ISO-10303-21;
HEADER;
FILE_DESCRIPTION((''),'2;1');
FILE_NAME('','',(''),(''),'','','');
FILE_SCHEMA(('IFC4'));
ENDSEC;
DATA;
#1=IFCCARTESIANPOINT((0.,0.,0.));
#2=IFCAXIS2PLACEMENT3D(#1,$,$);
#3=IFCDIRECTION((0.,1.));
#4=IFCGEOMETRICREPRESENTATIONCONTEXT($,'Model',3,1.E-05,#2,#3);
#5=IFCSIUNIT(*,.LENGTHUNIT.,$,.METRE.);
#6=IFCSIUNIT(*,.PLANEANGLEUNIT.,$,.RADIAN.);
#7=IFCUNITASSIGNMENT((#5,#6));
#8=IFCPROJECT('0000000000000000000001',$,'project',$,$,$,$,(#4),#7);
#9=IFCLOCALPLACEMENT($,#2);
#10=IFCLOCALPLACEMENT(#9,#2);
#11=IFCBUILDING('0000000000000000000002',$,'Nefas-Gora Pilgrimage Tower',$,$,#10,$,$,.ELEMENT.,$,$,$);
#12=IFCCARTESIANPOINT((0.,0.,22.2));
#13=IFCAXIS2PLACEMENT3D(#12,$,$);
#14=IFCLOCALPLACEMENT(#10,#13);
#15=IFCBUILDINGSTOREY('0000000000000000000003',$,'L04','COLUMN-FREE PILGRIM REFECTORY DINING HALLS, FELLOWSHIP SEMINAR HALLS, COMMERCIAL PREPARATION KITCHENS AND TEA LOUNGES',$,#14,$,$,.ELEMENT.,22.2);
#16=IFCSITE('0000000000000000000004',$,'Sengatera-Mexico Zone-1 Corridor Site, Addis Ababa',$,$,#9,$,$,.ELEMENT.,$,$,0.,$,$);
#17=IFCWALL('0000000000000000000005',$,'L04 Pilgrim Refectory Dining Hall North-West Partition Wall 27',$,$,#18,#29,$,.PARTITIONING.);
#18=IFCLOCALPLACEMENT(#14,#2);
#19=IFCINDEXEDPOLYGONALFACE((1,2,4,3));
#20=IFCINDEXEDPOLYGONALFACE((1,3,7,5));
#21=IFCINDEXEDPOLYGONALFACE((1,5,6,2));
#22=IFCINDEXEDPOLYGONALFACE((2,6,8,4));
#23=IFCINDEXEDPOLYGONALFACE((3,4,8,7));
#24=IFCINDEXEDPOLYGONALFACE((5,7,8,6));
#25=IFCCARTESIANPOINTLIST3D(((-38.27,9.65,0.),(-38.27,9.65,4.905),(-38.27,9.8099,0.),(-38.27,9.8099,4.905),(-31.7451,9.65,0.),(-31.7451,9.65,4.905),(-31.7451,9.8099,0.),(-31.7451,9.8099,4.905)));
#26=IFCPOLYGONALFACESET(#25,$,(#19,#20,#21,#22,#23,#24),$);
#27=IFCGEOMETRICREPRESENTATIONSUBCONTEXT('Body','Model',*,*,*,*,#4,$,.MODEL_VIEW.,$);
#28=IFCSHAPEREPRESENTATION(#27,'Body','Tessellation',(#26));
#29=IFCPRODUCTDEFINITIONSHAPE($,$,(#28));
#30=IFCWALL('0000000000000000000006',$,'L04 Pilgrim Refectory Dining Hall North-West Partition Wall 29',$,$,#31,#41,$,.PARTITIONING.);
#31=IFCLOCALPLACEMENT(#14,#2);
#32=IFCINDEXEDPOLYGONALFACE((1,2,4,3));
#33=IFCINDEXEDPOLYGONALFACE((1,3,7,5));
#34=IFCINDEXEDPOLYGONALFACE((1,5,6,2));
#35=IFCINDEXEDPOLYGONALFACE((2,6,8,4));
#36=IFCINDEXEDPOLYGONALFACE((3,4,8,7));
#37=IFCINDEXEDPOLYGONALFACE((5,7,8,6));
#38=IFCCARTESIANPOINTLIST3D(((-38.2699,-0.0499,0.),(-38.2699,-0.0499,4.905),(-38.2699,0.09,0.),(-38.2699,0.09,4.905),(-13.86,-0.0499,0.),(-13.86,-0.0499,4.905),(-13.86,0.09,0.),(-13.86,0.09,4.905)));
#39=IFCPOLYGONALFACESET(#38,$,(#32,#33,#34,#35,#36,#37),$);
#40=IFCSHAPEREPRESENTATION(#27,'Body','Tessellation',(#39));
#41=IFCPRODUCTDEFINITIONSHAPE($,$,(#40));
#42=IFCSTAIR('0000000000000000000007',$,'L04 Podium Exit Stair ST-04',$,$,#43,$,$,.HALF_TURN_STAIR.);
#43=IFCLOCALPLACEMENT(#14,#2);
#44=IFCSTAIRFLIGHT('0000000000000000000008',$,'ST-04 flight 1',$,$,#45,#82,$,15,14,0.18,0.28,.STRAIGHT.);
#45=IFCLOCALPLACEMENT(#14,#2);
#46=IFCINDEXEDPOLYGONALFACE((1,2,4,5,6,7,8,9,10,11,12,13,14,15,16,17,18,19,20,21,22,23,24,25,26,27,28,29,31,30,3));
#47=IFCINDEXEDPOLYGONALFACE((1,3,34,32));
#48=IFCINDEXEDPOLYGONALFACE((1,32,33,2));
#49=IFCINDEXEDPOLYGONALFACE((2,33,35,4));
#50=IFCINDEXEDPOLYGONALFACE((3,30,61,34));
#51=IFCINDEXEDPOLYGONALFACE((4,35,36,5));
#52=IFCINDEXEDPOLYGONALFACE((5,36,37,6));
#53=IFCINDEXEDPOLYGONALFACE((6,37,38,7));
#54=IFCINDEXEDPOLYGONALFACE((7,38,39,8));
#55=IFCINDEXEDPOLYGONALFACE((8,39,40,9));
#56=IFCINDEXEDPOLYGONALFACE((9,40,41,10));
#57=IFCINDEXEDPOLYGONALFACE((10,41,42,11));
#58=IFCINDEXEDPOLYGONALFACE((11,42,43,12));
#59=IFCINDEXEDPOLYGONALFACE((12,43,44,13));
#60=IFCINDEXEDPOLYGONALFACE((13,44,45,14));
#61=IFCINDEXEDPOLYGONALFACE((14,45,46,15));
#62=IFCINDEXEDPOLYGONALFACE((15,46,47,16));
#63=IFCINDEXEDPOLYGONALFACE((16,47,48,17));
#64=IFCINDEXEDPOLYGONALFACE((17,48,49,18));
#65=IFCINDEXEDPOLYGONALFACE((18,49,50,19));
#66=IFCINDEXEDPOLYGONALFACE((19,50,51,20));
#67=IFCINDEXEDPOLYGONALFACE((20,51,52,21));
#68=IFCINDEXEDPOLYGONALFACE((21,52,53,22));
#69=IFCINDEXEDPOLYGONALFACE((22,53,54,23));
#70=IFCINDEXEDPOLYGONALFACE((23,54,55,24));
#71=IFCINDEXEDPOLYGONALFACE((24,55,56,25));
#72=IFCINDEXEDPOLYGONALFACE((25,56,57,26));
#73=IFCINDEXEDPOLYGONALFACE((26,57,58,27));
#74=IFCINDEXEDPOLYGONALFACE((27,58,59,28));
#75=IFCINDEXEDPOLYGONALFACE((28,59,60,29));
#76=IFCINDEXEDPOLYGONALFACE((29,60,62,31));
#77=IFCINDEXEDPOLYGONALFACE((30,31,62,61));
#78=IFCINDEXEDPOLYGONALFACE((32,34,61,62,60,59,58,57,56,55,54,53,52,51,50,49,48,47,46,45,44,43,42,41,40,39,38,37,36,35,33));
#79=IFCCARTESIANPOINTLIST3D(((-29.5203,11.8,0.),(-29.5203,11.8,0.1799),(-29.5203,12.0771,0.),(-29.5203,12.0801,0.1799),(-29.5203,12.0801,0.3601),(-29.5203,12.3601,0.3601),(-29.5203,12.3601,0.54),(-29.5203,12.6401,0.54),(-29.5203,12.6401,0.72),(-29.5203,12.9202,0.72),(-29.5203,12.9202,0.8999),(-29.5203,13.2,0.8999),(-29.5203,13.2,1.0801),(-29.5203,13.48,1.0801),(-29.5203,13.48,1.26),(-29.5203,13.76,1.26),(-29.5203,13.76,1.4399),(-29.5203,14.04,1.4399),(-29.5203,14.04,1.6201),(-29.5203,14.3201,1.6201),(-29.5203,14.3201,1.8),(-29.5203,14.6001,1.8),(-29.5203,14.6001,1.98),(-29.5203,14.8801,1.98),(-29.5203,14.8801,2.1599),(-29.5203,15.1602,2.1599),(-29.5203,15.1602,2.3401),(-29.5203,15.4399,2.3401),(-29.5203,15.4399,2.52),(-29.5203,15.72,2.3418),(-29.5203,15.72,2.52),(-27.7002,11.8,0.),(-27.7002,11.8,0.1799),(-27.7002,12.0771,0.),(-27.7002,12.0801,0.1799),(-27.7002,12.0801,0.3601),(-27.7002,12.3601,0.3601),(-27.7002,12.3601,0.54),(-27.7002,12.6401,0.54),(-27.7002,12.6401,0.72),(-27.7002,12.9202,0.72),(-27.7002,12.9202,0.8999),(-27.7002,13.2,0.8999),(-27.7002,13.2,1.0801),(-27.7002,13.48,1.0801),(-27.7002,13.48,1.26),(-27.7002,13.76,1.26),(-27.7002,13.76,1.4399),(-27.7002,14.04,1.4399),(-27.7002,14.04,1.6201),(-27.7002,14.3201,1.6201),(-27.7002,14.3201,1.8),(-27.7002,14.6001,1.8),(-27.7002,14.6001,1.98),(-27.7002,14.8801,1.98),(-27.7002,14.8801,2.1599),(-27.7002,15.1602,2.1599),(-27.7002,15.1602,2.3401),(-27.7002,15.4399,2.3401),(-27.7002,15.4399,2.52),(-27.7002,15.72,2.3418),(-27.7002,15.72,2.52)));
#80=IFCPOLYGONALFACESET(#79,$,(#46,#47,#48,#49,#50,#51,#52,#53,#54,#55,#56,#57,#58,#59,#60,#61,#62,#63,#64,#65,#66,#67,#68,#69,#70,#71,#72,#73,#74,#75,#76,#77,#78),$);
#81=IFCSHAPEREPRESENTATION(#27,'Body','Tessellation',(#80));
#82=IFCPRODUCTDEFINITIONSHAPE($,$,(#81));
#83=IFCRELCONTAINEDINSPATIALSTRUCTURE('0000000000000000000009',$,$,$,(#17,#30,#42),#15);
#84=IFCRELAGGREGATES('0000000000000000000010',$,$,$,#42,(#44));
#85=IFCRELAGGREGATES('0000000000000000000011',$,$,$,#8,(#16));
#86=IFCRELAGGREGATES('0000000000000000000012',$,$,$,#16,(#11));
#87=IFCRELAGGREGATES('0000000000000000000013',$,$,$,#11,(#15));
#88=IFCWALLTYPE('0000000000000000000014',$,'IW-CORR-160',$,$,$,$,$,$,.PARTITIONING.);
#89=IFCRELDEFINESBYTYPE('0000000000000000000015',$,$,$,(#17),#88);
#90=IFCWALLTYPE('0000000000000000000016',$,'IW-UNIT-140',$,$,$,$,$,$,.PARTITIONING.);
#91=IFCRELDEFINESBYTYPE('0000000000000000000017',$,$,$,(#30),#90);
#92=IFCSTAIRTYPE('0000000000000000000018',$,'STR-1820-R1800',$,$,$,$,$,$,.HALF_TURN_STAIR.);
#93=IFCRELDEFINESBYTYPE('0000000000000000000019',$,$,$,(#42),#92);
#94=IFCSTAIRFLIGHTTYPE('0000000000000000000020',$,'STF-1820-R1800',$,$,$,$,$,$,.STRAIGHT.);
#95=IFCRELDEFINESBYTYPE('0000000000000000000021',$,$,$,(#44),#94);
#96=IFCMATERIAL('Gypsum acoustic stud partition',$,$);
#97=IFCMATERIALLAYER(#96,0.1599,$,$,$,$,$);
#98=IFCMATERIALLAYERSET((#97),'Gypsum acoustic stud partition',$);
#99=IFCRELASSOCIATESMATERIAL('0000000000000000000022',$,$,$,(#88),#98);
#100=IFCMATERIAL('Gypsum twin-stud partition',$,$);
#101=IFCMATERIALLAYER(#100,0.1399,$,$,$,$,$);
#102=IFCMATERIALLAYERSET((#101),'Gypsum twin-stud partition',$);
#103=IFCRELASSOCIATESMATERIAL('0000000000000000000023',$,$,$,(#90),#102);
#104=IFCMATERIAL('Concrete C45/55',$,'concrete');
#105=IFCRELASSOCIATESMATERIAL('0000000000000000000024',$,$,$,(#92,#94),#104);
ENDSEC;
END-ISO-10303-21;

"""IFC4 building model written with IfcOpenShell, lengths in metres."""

from ifc_helpers import new_model, si_unit, direction, frame, frame_2d, origin, place, context, subcontext, project, spatial, polyline, rectangle, outline, extrude, source, transform, mapped, material, layer, layer_set, type_object, element, aggregate, save


model = new_model("IFC4")

# Units and contexts
model_context = context("Model", 3, precision=1e-05, world=origin(), true_north=direction((0.0, 1.0)))
body_context = subcontext(model_context, "Body", "Model", "MODEL_VIEW")
ifc_project = project(units=[si_unit("LENGTHUNIT", "METRE"), si_unit("PLANEANGLEUNIT", "RADIAN")], contexts=[model_context])

# Site, building, storey
site_placement = place(None, origin())
site = spatial("IfcSite", under=ifc_project, at=site_placement, Name="Sengatera-Mexico Zone-1 Corridor Site, Addis Ababa", CompositionType="ELEMENT", RefElevation=0.0)
building_placement = place(site_placement, origin())
building = spatial("IfcBuilding", under=site, at=building_placement, Name="Nefas-Gora Pilgrimage Tower", CompositionType="ELEMENT")
storey_placement = place(building_placement, frame((0.0, 0.0, 22.2)))
storey = spatial("IfcBuildingStorey", under=building, at=storey_placement, Name="L04", Description="COLUMN-FREE PILGRIM REFECTORY DINING HALLS, FELLOWSHIP SEMINAR HALLS, COMMERCIAL PREPARATION KITCHENS AND TEA LOUNGES", CompositionType="ELEMENT", Elevation=22.2)

# Shared definitions
ifc_material_1 = material(Name="Concrete C45/55", Category="concrete")

# Shared definitions
ifc_material_2 = material(Name="Gypsum acoustic stud partition")
ifc_layer_1 = layer(ifc_material_2, 0.1599)
ifc_layer_set_1 = layer_set([ifc_layer_1], Name="Gypsum acoustic stud partition")
wall_type_1 = type_object("IfcWallType", Name="IW-CORR-160", PredefinedType="PARTITIONING", material=ifc_layer_set_1)

# Walls
shared_shape_1 = source(origin(), body_context, "Body", "SweptSolid", [
    extrude(rectangle(XDim=6.5249, YDim=0.1599, at=frame_2d((3.2625, 0.0))), origin(), (0.0, 0.0, 1.0), 4.905),
])
wall_1_placement = place(storey_placement, frame((-38.27, 9.73, 0.0), z_axis=(0.0, 0.0, 1.0), x_axis=(1.0, 0.0, 0.0)))
element("IfcWall", 1, at=wall_1_placement, inside=storey, type_object=wall_type_1, Name="L04 Pilgrim Refectory Dining Hall North-West Partition Wall 27", PredefinedType="PARTITIONING", context=body_context, shape_type="MappedRepresentation", body=[
    mapped(shared_shape_1, transform((0.0, 0.0, 0.0), x_axis=(1.0, 0.0, 0.0), y_axis=(0.0, 1.0, 0.0), z_axis=(0.0, 0.0, 1.0), scale=1.0)),
])
ifc_material_3 = material(Name="Gypsum twin-stud partition")
ifc_layer_2 = layer(ifc_material_3, 0.1399)
ifc_layer_set_2 = layer_set([ifc_layer_2], Name="Gypsum twin-stud partition")
wall_type_2 = type_object("IfcWallType", Name="IW-UNIT-140", PredefinedType="PARTITIONING", material=ifc_layer_set_2)
shared_shape_2 = source(origin(), body_context, "Body", "SweptSolid", [
    extrude(rectangle(XDim=24.4099, YDim=0.1399, at=frame_2d((12.2051, 0.0))), origin(), (0.0, 0.0, 1.0), 4.905),
])
wall_2_placement = place(storey_placement, frame((-38.27, 0.02, 0.0), z_axis=(0.0, 0.0, 1.0), x_axis=(1.0, 0.0, 0.0)))
element("IfcWall", 2, at=wall_2_placement, inside=storey, type_object=wall_type_2, Name="L04 Pilgrim Refectory Dining Hall North-West Partition Wall 29", PredefinedType="PARTITIONING", context=body_context, shape_type="MappedRepresentation", body=[
    mapped(shared_shape_2, transform((0.0, 0.0, 0.0), x_axis=(1.0, 0.0, 0.0), y_axis=(0.0, 1.0, 0.0), z_axis=(0.0, 0.0, 1.0), scale=1.0)),
])

# Stair, stair flight
stair_type = type_object("IfcStairType", Name="STR-1820-R1800", PredefinedType="HALF_TURN_STAIR", material=ifc_material_1)
stair_placement = place(storey_placement, origin())
stair = element("IfcStair", 3, at=stair_placement, inside=storey, type_object=stair_type, Name="L04 Podium Exit Stair ST-04", PredefinedType="HALF_TURN_STAIR")
stair_flight_type = type_object("IfcStairFlightType", Name="STF-1820-R1800", PredefinedType="STRAIGHT", material=ifc_material_1)
shared_shape_3 = source(origin(), body_context, "Body", "SweptSolid", [
    extrude(outline(polyline([(0.0, 0.0), (0.0, 0.1799), (0.28, 0.1799), (0.28, 0.3601), (0.5601, 0.3601), (0.5601, 0.54), (0.8401, 0.54), (0.8401, 0.72), (1.1201, 0.72), (1.1201, 0.8999), (1.3999, 0.8999), (1.3999, 1.0801), (1.6799, 1.0801), (1.6799, 1.26), (1.96, 1.26), (1.96, 1.4399), (2.24, 1.4399), (2.24, 1.6201), (2.52, 1.6201), (2.52, 1.8), (2.8, 1.8), (2.8, 1.98), (3.0801, 1.98), (3.0801, 2.1599), (3.3601, 2.1599), (3.3601, 2.3401), (3.6399, 2.3401), (3.6399, 2.52), (3.9199, 2.52), (3.9199, 2.7), (3.9199, 2.3418), (0.2771, 0.0), (0.0, 0.0)])), frame((0.0, 0.9102, 0.0), z_axis=(0.0, -1.0, 0.0), x_axis=(1.0, 0.0, 0.0)), (0.0, 0.0, 1.0), 1.8201),
])
stair_flight_placement = place(storey_placement, frame((-28.6101, 11.8, 0.0), z_axis=(0.0, 0.0, 1.0), x_axis=(0.0, 1.0, 0.0)))
stair_flight = element("IfcStairFlight", 4, at=stair_flight_placement, type_object=stair_flight_type, Name="ST-04 flight 1", NumberOfRisers=15, NumberOfTreads=14, PredefinedType="STRAIGHT", RiserHeight=0.18, TreadLength=0.28, context=body_context, shape_type="MappedRepresentation", body=[
    mapped(shared_shape_3, transform((0.0, 0.0, 0.0), x_axis=(1.0, 0.0, 0.0), y_axis=(0.0, 1.0, 0.0), z_axis=(0.0, 0.0, 1.0), scale=1.0)),
])
aggregate(stair, [stair_flight])

save(model, "model.ifc")
